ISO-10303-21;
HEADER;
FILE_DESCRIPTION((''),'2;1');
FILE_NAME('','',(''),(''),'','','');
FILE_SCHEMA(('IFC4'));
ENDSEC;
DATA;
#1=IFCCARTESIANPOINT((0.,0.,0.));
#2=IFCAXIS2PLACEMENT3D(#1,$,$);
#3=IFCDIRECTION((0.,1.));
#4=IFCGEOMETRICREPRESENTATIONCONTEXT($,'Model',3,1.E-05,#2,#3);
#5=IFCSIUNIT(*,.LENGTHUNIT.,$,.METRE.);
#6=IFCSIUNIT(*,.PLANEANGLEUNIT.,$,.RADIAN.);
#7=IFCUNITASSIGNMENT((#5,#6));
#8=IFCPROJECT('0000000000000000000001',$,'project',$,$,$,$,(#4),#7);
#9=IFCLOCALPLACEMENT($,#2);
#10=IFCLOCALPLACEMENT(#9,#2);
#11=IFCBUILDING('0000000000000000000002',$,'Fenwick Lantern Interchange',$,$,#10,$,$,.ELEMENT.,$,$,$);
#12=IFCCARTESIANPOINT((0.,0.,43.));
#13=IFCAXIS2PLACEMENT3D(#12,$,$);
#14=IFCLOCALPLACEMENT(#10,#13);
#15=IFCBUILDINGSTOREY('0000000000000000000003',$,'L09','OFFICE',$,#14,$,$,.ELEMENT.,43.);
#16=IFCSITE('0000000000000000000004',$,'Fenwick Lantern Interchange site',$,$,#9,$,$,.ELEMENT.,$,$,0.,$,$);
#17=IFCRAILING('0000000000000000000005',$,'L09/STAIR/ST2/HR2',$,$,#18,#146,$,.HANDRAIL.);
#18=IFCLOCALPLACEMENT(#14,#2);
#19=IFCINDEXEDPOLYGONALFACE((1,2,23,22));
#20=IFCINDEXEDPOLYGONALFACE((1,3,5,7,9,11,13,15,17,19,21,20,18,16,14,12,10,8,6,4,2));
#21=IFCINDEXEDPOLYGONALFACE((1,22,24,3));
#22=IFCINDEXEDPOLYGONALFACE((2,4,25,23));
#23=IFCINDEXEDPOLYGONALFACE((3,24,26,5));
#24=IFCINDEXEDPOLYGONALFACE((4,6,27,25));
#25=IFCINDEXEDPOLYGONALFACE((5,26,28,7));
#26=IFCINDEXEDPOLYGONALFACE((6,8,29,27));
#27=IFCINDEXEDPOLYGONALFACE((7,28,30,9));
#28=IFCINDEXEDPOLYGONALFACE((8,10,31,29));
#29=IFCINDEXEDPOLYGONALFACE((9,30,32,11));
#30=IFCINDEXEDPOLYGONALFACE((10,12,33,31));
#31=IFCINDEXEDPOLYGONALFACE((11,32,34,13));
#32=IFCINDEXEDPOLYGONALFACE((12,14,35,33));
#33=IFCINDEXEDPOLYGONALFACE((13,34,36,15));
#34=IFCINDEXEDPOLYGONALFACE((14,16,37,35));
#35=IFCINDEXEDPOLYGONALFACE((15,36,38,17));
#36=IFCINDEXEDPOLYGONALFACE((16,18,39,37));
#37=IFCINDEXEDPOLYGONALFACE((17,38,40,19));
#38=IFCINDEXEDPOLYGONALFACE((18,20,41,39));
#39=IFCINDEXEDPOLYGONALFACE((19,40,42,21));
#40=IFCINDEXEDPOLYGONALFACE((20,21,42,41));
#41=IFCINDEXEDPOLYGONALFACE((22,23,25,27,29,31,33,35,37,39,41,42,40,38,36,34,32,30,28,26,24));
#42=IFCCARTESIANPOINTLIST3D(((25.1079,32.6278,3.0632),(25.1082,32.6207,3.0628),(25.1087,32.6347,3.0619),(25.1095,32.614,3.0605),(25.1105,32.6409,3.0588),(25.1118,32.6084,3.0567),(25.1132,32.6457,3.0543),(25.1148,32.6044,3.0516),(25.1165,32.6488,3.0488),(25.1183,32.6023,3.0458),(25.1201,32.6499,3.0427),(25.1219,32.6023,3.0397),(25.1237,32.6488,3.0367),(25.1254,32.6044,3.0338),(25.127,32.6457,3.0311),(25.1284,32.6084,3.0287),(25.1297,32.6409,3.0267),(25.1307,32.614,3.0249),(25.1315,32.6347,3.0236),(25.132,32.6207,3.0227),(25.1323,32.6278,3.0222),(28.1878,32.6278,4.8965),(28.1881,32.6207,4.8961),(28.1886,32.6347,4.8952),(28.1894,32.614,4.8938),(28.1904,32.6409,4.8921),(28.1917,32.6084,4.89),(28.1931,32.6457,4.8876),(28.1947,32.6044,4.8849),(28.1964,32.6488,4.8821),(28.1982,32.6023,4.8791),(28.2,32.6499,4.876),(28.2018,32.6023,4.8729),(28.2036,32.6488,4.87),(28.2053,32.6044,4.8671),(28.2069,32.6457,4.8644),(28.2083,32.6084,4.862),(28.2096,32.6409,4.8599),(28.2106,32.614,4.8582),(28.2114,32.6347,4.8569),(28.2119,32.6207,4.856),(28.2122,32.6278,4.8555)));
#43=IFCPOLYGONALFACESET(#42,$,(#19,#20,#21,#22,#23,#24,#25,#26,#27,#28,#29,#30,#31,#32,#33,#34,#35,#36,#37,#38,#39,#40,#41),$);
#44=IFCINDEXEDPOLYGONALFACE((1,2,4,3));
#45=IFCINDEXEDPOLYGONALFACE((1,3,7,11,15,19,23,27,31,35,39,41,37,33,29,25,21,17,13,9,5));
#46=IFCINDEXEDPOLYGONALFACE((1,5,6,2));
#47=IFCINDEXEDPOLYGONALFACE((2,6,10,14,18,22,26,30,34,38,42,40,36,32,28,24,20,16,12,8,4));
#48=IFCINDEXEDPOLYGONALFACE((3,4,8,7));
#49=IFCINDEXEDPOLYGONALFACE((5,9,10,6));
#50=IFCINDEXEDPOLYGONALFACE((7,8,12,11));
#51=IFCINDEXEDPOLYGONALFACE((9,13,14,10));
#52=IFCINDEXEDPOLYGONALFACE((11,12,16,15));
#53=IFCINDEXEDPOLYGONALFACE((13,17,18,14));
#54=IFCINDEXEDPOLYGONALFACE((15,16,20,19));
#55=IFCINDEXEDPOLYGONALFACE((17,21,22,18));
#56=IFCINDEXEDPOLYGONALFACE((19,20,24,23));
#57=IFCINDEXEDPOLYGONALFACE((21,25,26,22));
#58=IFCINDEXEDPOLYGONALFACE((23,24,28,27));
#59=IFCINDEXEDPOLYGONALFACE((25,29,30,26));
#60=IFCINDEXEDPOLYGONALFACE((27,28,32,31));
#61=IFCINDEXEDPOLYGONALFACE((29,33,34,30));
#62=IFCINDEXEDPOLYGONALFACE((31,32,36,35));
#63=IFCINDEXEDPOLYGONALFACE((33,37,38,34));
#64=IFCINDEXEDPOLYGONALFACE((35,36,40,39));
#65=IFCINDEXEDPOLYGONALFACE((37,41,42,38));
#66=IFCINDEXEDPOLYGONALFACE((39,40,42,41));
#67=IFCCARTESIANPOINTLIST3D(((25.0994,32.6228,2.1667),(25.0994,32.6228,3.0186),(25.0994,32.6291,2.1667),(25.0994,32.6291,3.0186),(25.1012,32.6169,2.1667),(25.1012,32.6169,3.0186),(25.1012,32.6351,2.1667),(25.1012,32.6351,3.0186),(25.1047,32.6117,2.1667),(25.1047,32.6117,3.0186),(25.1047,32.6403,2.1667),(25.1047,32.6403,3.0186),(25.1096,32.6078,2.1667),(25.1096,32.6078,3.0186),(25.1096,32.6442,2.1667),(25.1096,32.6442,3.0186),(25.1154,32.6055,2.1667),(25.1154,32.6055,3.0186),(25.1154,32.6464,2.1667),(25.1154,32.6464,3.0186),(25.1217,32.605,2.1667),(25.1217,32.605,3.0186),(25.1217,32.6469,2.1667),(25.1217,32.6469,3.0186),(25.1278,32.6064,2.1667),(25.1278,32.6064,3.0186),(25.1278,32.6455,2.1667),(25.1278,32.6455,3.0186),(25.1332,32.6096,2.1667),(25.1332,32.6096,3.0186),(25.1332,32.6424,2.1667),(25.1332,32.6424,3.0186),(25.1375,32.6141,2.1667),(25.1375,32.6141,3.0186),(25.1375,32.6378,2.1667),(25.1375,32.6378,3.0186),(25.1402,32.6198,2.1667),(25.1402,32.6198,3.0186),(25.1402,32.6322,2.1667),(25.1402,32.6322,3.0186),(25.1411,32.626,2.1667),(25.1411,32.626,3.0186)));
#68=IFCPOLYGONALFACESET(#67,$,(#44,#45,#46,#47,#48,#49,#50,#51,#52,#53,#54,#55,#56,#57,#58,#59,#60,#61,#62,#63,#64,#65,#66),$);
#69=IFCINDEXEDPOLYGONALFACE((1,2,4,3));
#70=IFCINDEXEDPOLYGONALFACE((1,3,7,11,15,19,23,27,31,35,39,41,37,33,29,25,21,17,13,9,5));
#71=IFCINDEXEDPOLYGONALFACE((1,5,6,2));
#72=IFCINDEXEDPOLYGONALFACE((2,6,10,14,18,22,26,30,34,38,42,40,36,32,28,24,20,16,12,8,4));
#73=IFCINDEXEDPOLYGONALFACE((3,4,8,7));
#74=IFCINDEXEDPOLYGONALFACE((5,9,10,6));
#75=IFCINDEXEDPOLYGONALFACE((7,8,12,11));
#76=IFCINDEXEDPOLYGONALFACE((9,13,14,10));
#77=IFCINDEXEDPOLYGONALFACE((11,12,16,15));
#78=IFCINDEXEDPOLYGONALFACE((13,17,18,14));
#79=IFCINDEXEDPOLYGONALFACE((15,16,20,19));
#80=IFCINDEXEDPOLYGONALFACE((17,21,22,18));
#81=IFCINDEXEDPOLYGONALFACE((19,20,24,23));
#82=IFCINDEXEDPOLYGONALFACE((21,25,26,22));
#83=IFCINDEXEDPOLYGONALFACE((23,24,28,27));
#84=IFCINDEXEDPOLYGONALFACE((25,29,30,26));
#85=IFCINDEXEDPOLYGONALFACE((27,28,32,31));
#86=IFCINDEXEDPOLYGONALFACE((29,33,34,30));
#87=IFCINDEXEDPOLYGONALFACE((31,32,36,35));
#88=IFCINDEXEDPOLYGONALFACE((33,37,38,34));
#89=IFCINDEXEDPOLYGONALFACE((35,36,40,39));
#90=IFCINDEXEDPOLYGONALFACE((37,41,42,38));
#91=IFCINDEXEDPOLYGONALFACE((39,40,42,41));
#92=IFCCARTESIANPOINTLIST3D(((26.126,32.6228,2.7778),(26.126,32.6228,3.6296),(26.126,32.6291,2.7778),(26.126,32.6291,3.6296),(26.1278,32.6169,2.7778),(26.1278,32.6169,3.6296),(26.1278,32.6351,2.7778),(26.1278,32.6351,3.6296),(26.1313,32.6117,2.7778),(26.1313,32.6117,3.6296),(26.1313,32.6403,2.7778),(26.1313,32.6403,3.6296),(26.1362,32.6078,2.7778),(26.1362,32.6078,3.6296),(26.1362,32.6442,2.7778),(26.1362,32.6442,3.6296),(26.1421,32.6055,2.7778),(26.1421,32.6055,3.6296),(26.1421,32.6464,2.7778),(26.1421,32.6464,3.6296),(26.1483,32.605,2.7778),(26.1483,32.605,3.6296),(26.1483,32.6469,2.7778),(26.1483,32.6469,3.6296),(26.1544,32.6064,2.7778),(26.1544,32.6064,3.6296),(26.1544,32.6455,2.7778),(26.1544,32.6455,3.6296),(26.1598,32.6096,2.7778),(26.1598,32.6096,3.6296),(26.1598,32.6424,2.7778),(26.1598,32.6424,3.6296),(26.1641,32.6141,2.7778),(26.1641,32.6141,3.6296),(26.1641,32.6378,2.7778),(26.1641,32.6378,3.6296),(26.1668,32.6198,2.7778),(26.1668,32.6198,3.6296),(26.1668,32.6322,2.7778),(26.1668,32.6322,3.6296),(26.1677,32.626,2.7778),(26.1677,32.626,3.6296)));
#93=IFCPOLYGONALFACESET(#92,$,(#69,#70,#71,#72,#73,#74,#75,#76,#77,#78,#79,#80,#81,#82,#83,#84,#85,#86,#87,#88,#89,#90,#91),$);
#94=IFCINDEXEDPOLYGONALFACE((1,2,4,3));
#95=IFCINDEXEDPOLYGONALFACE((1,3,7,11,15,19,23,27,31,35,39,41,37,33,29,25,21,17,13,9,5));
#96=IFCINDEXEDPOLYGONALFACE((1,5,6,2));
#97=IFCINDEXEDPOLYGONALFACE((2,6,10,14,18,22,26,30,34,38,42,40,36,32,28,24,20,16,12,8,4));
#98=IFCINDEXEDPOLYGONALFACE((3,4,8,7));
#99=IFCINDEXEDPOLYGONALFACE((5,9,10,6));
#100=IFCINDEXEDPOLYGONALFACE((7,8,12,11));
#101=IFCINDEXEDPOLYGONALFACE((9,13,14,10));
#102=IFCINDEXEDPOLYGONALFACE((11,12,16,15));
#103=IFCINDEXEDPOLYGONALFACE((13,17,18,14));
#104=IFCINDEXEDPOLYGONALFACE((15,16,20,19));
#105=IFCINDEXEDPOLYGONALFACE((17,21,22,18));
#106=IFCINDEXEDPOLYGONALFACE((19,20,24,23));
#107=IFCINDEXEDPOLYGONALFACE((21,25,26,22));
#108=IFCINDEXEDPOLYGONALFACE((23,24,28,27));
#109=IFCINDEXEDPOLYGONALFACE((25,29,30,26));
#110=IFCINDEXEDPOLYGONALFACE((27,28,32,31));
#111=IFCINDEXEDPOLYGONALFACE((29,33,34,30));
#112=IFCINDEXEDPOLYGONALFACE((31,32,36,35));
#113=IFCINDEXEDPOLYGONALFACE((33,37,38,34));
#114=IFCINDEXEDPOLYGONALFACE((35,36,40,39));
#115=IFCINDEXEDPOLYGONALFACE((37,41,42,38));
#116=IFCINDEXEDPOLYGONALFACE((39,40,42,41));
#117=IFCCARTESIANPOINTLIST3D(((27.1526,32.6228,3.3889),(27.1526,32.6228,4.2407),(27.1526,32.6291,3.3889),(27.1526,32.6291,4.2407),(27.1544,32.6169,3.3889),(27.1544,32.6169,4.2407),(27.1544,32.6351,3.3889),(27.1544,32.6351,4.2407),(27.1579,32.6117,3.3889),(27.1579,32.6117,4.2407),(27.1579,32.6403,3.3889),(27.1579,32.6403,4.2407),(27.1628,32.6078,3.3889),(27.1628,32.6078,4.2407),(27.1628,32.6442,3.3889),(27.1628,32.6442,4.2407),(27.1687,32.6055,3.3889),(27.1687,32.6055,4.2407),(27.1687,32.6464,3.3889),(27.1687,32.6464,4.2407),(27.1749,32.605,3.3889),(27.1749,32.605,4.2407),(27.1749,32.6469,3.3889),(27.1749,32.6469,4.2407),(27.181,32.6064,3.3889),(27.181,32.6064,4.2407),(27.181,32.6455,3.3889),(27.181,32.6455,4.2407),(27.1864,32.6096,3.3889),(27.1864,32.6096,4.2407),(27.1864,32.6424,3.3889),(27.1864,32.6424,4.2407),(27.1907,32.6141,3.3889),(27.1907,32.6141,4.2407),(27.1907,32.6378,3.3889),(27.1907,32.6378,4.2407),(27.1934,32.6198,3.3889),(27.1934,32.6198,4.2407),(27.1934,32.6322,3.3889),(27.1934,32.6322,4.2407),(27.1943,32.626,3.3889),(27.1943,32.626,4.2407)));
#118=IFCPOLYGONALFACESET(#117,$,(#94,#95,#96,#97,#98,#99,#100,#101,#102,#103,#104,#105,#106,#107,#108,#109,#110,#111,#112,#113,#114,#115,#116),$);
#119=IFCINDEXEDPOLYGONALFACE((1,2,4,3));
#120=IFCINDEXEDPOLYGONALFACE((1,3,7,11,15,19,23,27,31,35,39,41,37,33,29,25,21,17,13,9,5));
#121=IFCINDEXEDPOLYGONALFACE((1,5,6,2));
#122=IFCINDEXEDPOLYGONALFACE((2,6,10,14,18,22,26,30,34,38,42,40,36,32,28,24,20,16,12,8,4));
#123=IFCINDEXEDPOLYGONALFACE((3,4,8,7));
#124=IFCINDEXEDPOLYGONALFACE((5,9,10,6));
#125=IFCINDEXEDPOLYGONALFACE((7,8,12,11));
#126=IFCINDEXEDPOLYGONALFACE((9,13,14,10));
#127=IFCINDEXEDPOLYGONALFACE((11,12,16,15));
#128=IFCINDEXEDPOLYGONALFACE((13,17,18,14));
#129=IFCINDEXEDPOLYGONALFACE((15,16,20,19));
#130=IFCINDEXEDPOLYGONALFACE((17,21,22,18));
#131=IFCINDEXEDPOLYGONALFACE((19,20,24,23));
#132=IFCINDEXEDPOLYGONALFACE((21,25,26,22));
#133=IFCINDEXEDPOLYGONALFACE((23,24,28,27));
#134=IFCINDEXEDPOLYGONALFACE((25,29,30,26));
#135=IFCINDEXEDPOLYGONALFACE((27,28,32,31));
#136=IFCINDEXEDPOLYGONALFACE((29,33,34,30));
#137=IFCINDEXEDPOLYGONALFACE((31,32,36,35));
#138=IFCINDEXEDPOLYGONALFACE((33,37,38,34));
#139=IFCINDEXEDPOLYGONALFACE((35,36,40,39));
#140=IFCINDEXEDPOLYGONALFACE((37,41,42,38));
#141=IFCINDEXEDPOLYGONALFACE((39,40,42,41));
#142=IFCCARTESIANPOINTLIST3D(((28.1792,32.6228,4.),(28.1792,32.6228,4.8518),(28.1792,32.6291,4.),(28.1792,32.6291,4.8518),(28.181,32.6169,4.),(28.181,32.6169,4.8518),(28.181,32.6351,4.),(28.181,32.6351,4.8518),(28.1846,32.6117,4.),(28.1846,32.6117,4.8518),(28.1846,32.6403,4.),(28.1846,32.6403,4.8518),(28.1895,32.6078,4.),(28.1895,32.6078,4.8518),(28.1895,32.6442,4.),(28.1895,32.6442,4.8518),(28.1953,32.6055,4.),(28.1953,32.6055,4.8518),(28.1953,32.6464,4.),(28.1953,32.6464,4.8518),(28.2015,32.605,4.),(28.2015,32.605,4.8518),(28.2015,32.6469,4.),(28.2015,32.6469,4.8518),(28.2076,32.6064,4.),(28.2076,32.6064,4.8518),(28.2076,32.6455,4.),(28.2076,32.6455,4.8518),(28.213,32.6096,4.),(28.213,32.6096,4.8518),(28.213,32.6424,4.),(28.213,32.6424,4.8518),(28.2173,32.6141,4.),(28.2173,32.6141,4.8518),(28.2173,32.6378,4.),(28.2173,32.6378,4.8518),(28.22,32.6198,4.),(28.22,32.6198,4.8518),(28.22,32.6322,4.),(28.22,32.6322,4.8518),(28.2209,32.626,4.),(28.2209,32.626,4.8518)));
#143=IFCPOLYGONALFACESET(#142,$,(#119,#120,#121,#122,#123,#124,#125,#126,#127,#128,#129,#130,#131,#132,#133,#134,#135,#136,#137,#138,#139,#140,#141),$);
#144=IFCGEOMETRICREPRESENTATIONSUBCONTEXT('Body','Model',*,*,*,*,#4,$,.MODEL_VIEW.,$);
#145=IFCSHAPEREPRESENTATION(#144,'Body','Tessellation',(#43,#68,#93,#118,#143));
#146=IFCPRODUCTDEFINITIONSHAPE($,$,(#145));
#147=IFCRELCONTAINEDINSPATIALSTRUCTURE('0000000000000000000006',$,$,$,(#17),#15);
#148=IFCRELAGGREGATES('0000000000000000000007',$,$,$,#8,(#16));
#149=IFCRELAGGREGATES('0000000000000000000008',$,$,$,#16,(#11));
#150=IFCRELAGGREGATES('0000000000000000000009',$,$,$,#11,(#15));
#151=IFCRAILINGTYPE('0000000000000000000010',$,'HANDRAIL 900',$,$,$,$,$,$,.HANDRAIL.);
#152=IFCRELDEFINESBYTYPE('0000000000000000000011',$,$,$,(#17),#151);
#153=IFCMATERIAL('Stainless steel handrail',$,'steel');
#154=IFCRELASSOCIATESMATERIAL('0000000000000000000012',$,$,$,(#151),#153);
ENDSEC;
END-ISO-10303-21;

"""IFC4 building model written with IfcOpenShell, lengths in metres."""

from ifc_helpers import new_model, si_unit, direction, frame, origin, origin_2d, place, context, subcontext, project, spatial, circle, extrude, material, type_object, element, save


model = new_model("IFC4")

# Units and contexts
model_context = context("Model", 3, precision=1e-05, world=origin(), true_north=direction((0.0, 1.0)))
body_context = subcontext(model_context, "Body", "Model", "MODEL_VIEW")
ifc_project = project(units=[si_unit("LENGTHUNIT", "METRE"), si_unit("PLANEANGLEUNIT", "RADIAN")], contexts=[model_context])

# Site, building, storey
site_placement = place(None, origin())
site = spatial("IfcSite", under=ifc_project, at=site_placement, Name="Fenwick Lantern Interchange site", CompositionType="ELEMENT", RefElevation=0.0)
building_placement = place(site_placement, origin())
building = spatial("IfcBuilding", under=site, at=building_placement, Name="Fenwick Lantern Interchange", CompositionType="ELEMENT")
storey_placement = place(building_placement, frame((0.0, 0.0, 43.0)))
storey = spatial("IfcBuildingStorey", under=building, at=storey_placement, Name="L09", Description="OFFICE", CompositionType="ELEMENT", Elevation=43.0)

# Railing
ifc_material_1 = material(Name="Stainless steel handrail", Category="steel")
railing_type = type_object("IfcRailingType", Name="HANDRAIL 900", PredefinedType="HANDRAIL", material=ifc_material_1)
railing_1_placement = place(storey_placement, frame((25.1201, 32.626, 2.1667)))
element("IfcRailing", 1, at=railing_1_placement, inside=storey, type_object=railing_type, Name="L09/STAIR/ST2/HR2", PredefinedType="HANDRAIL", context=body_context, shape_type="SweptSolid", body=[
    extrude(circle(Radius=0.0239, at=origin_2d()), frame((0.0, 0.0, 0.876), z_axis=(0.859291, 0.0, 0.511487), x_axis=(0.0, 1.0, 0.0)), (0.0, 0.0, 1.0), 3.5842),
    extrude(circle(Radius=0.021, at=origin_2d()), origin(), (0.0, 0.0, 1.0), 0.8518),
    extrude(circle(Radius=0.021, at=origin_2d()), frame((1.0266, 0.0, 0.6111)), (0.0, 0.0, 1.0), 0.8518),
    extrude(circle(Radius=0.021, at=origin_2d()), frame((2.0532, 0.0, 1.2222)), (0.0, 0.0, 1.0), 0.8518),
    extrude(circle(Radius=0.021, at=origin_2d()), frame((3.0798, 0.0, 1.8333)), (0.0, 0.0, 1.0), 0.8518),
])

save(model, "model.ifc")
